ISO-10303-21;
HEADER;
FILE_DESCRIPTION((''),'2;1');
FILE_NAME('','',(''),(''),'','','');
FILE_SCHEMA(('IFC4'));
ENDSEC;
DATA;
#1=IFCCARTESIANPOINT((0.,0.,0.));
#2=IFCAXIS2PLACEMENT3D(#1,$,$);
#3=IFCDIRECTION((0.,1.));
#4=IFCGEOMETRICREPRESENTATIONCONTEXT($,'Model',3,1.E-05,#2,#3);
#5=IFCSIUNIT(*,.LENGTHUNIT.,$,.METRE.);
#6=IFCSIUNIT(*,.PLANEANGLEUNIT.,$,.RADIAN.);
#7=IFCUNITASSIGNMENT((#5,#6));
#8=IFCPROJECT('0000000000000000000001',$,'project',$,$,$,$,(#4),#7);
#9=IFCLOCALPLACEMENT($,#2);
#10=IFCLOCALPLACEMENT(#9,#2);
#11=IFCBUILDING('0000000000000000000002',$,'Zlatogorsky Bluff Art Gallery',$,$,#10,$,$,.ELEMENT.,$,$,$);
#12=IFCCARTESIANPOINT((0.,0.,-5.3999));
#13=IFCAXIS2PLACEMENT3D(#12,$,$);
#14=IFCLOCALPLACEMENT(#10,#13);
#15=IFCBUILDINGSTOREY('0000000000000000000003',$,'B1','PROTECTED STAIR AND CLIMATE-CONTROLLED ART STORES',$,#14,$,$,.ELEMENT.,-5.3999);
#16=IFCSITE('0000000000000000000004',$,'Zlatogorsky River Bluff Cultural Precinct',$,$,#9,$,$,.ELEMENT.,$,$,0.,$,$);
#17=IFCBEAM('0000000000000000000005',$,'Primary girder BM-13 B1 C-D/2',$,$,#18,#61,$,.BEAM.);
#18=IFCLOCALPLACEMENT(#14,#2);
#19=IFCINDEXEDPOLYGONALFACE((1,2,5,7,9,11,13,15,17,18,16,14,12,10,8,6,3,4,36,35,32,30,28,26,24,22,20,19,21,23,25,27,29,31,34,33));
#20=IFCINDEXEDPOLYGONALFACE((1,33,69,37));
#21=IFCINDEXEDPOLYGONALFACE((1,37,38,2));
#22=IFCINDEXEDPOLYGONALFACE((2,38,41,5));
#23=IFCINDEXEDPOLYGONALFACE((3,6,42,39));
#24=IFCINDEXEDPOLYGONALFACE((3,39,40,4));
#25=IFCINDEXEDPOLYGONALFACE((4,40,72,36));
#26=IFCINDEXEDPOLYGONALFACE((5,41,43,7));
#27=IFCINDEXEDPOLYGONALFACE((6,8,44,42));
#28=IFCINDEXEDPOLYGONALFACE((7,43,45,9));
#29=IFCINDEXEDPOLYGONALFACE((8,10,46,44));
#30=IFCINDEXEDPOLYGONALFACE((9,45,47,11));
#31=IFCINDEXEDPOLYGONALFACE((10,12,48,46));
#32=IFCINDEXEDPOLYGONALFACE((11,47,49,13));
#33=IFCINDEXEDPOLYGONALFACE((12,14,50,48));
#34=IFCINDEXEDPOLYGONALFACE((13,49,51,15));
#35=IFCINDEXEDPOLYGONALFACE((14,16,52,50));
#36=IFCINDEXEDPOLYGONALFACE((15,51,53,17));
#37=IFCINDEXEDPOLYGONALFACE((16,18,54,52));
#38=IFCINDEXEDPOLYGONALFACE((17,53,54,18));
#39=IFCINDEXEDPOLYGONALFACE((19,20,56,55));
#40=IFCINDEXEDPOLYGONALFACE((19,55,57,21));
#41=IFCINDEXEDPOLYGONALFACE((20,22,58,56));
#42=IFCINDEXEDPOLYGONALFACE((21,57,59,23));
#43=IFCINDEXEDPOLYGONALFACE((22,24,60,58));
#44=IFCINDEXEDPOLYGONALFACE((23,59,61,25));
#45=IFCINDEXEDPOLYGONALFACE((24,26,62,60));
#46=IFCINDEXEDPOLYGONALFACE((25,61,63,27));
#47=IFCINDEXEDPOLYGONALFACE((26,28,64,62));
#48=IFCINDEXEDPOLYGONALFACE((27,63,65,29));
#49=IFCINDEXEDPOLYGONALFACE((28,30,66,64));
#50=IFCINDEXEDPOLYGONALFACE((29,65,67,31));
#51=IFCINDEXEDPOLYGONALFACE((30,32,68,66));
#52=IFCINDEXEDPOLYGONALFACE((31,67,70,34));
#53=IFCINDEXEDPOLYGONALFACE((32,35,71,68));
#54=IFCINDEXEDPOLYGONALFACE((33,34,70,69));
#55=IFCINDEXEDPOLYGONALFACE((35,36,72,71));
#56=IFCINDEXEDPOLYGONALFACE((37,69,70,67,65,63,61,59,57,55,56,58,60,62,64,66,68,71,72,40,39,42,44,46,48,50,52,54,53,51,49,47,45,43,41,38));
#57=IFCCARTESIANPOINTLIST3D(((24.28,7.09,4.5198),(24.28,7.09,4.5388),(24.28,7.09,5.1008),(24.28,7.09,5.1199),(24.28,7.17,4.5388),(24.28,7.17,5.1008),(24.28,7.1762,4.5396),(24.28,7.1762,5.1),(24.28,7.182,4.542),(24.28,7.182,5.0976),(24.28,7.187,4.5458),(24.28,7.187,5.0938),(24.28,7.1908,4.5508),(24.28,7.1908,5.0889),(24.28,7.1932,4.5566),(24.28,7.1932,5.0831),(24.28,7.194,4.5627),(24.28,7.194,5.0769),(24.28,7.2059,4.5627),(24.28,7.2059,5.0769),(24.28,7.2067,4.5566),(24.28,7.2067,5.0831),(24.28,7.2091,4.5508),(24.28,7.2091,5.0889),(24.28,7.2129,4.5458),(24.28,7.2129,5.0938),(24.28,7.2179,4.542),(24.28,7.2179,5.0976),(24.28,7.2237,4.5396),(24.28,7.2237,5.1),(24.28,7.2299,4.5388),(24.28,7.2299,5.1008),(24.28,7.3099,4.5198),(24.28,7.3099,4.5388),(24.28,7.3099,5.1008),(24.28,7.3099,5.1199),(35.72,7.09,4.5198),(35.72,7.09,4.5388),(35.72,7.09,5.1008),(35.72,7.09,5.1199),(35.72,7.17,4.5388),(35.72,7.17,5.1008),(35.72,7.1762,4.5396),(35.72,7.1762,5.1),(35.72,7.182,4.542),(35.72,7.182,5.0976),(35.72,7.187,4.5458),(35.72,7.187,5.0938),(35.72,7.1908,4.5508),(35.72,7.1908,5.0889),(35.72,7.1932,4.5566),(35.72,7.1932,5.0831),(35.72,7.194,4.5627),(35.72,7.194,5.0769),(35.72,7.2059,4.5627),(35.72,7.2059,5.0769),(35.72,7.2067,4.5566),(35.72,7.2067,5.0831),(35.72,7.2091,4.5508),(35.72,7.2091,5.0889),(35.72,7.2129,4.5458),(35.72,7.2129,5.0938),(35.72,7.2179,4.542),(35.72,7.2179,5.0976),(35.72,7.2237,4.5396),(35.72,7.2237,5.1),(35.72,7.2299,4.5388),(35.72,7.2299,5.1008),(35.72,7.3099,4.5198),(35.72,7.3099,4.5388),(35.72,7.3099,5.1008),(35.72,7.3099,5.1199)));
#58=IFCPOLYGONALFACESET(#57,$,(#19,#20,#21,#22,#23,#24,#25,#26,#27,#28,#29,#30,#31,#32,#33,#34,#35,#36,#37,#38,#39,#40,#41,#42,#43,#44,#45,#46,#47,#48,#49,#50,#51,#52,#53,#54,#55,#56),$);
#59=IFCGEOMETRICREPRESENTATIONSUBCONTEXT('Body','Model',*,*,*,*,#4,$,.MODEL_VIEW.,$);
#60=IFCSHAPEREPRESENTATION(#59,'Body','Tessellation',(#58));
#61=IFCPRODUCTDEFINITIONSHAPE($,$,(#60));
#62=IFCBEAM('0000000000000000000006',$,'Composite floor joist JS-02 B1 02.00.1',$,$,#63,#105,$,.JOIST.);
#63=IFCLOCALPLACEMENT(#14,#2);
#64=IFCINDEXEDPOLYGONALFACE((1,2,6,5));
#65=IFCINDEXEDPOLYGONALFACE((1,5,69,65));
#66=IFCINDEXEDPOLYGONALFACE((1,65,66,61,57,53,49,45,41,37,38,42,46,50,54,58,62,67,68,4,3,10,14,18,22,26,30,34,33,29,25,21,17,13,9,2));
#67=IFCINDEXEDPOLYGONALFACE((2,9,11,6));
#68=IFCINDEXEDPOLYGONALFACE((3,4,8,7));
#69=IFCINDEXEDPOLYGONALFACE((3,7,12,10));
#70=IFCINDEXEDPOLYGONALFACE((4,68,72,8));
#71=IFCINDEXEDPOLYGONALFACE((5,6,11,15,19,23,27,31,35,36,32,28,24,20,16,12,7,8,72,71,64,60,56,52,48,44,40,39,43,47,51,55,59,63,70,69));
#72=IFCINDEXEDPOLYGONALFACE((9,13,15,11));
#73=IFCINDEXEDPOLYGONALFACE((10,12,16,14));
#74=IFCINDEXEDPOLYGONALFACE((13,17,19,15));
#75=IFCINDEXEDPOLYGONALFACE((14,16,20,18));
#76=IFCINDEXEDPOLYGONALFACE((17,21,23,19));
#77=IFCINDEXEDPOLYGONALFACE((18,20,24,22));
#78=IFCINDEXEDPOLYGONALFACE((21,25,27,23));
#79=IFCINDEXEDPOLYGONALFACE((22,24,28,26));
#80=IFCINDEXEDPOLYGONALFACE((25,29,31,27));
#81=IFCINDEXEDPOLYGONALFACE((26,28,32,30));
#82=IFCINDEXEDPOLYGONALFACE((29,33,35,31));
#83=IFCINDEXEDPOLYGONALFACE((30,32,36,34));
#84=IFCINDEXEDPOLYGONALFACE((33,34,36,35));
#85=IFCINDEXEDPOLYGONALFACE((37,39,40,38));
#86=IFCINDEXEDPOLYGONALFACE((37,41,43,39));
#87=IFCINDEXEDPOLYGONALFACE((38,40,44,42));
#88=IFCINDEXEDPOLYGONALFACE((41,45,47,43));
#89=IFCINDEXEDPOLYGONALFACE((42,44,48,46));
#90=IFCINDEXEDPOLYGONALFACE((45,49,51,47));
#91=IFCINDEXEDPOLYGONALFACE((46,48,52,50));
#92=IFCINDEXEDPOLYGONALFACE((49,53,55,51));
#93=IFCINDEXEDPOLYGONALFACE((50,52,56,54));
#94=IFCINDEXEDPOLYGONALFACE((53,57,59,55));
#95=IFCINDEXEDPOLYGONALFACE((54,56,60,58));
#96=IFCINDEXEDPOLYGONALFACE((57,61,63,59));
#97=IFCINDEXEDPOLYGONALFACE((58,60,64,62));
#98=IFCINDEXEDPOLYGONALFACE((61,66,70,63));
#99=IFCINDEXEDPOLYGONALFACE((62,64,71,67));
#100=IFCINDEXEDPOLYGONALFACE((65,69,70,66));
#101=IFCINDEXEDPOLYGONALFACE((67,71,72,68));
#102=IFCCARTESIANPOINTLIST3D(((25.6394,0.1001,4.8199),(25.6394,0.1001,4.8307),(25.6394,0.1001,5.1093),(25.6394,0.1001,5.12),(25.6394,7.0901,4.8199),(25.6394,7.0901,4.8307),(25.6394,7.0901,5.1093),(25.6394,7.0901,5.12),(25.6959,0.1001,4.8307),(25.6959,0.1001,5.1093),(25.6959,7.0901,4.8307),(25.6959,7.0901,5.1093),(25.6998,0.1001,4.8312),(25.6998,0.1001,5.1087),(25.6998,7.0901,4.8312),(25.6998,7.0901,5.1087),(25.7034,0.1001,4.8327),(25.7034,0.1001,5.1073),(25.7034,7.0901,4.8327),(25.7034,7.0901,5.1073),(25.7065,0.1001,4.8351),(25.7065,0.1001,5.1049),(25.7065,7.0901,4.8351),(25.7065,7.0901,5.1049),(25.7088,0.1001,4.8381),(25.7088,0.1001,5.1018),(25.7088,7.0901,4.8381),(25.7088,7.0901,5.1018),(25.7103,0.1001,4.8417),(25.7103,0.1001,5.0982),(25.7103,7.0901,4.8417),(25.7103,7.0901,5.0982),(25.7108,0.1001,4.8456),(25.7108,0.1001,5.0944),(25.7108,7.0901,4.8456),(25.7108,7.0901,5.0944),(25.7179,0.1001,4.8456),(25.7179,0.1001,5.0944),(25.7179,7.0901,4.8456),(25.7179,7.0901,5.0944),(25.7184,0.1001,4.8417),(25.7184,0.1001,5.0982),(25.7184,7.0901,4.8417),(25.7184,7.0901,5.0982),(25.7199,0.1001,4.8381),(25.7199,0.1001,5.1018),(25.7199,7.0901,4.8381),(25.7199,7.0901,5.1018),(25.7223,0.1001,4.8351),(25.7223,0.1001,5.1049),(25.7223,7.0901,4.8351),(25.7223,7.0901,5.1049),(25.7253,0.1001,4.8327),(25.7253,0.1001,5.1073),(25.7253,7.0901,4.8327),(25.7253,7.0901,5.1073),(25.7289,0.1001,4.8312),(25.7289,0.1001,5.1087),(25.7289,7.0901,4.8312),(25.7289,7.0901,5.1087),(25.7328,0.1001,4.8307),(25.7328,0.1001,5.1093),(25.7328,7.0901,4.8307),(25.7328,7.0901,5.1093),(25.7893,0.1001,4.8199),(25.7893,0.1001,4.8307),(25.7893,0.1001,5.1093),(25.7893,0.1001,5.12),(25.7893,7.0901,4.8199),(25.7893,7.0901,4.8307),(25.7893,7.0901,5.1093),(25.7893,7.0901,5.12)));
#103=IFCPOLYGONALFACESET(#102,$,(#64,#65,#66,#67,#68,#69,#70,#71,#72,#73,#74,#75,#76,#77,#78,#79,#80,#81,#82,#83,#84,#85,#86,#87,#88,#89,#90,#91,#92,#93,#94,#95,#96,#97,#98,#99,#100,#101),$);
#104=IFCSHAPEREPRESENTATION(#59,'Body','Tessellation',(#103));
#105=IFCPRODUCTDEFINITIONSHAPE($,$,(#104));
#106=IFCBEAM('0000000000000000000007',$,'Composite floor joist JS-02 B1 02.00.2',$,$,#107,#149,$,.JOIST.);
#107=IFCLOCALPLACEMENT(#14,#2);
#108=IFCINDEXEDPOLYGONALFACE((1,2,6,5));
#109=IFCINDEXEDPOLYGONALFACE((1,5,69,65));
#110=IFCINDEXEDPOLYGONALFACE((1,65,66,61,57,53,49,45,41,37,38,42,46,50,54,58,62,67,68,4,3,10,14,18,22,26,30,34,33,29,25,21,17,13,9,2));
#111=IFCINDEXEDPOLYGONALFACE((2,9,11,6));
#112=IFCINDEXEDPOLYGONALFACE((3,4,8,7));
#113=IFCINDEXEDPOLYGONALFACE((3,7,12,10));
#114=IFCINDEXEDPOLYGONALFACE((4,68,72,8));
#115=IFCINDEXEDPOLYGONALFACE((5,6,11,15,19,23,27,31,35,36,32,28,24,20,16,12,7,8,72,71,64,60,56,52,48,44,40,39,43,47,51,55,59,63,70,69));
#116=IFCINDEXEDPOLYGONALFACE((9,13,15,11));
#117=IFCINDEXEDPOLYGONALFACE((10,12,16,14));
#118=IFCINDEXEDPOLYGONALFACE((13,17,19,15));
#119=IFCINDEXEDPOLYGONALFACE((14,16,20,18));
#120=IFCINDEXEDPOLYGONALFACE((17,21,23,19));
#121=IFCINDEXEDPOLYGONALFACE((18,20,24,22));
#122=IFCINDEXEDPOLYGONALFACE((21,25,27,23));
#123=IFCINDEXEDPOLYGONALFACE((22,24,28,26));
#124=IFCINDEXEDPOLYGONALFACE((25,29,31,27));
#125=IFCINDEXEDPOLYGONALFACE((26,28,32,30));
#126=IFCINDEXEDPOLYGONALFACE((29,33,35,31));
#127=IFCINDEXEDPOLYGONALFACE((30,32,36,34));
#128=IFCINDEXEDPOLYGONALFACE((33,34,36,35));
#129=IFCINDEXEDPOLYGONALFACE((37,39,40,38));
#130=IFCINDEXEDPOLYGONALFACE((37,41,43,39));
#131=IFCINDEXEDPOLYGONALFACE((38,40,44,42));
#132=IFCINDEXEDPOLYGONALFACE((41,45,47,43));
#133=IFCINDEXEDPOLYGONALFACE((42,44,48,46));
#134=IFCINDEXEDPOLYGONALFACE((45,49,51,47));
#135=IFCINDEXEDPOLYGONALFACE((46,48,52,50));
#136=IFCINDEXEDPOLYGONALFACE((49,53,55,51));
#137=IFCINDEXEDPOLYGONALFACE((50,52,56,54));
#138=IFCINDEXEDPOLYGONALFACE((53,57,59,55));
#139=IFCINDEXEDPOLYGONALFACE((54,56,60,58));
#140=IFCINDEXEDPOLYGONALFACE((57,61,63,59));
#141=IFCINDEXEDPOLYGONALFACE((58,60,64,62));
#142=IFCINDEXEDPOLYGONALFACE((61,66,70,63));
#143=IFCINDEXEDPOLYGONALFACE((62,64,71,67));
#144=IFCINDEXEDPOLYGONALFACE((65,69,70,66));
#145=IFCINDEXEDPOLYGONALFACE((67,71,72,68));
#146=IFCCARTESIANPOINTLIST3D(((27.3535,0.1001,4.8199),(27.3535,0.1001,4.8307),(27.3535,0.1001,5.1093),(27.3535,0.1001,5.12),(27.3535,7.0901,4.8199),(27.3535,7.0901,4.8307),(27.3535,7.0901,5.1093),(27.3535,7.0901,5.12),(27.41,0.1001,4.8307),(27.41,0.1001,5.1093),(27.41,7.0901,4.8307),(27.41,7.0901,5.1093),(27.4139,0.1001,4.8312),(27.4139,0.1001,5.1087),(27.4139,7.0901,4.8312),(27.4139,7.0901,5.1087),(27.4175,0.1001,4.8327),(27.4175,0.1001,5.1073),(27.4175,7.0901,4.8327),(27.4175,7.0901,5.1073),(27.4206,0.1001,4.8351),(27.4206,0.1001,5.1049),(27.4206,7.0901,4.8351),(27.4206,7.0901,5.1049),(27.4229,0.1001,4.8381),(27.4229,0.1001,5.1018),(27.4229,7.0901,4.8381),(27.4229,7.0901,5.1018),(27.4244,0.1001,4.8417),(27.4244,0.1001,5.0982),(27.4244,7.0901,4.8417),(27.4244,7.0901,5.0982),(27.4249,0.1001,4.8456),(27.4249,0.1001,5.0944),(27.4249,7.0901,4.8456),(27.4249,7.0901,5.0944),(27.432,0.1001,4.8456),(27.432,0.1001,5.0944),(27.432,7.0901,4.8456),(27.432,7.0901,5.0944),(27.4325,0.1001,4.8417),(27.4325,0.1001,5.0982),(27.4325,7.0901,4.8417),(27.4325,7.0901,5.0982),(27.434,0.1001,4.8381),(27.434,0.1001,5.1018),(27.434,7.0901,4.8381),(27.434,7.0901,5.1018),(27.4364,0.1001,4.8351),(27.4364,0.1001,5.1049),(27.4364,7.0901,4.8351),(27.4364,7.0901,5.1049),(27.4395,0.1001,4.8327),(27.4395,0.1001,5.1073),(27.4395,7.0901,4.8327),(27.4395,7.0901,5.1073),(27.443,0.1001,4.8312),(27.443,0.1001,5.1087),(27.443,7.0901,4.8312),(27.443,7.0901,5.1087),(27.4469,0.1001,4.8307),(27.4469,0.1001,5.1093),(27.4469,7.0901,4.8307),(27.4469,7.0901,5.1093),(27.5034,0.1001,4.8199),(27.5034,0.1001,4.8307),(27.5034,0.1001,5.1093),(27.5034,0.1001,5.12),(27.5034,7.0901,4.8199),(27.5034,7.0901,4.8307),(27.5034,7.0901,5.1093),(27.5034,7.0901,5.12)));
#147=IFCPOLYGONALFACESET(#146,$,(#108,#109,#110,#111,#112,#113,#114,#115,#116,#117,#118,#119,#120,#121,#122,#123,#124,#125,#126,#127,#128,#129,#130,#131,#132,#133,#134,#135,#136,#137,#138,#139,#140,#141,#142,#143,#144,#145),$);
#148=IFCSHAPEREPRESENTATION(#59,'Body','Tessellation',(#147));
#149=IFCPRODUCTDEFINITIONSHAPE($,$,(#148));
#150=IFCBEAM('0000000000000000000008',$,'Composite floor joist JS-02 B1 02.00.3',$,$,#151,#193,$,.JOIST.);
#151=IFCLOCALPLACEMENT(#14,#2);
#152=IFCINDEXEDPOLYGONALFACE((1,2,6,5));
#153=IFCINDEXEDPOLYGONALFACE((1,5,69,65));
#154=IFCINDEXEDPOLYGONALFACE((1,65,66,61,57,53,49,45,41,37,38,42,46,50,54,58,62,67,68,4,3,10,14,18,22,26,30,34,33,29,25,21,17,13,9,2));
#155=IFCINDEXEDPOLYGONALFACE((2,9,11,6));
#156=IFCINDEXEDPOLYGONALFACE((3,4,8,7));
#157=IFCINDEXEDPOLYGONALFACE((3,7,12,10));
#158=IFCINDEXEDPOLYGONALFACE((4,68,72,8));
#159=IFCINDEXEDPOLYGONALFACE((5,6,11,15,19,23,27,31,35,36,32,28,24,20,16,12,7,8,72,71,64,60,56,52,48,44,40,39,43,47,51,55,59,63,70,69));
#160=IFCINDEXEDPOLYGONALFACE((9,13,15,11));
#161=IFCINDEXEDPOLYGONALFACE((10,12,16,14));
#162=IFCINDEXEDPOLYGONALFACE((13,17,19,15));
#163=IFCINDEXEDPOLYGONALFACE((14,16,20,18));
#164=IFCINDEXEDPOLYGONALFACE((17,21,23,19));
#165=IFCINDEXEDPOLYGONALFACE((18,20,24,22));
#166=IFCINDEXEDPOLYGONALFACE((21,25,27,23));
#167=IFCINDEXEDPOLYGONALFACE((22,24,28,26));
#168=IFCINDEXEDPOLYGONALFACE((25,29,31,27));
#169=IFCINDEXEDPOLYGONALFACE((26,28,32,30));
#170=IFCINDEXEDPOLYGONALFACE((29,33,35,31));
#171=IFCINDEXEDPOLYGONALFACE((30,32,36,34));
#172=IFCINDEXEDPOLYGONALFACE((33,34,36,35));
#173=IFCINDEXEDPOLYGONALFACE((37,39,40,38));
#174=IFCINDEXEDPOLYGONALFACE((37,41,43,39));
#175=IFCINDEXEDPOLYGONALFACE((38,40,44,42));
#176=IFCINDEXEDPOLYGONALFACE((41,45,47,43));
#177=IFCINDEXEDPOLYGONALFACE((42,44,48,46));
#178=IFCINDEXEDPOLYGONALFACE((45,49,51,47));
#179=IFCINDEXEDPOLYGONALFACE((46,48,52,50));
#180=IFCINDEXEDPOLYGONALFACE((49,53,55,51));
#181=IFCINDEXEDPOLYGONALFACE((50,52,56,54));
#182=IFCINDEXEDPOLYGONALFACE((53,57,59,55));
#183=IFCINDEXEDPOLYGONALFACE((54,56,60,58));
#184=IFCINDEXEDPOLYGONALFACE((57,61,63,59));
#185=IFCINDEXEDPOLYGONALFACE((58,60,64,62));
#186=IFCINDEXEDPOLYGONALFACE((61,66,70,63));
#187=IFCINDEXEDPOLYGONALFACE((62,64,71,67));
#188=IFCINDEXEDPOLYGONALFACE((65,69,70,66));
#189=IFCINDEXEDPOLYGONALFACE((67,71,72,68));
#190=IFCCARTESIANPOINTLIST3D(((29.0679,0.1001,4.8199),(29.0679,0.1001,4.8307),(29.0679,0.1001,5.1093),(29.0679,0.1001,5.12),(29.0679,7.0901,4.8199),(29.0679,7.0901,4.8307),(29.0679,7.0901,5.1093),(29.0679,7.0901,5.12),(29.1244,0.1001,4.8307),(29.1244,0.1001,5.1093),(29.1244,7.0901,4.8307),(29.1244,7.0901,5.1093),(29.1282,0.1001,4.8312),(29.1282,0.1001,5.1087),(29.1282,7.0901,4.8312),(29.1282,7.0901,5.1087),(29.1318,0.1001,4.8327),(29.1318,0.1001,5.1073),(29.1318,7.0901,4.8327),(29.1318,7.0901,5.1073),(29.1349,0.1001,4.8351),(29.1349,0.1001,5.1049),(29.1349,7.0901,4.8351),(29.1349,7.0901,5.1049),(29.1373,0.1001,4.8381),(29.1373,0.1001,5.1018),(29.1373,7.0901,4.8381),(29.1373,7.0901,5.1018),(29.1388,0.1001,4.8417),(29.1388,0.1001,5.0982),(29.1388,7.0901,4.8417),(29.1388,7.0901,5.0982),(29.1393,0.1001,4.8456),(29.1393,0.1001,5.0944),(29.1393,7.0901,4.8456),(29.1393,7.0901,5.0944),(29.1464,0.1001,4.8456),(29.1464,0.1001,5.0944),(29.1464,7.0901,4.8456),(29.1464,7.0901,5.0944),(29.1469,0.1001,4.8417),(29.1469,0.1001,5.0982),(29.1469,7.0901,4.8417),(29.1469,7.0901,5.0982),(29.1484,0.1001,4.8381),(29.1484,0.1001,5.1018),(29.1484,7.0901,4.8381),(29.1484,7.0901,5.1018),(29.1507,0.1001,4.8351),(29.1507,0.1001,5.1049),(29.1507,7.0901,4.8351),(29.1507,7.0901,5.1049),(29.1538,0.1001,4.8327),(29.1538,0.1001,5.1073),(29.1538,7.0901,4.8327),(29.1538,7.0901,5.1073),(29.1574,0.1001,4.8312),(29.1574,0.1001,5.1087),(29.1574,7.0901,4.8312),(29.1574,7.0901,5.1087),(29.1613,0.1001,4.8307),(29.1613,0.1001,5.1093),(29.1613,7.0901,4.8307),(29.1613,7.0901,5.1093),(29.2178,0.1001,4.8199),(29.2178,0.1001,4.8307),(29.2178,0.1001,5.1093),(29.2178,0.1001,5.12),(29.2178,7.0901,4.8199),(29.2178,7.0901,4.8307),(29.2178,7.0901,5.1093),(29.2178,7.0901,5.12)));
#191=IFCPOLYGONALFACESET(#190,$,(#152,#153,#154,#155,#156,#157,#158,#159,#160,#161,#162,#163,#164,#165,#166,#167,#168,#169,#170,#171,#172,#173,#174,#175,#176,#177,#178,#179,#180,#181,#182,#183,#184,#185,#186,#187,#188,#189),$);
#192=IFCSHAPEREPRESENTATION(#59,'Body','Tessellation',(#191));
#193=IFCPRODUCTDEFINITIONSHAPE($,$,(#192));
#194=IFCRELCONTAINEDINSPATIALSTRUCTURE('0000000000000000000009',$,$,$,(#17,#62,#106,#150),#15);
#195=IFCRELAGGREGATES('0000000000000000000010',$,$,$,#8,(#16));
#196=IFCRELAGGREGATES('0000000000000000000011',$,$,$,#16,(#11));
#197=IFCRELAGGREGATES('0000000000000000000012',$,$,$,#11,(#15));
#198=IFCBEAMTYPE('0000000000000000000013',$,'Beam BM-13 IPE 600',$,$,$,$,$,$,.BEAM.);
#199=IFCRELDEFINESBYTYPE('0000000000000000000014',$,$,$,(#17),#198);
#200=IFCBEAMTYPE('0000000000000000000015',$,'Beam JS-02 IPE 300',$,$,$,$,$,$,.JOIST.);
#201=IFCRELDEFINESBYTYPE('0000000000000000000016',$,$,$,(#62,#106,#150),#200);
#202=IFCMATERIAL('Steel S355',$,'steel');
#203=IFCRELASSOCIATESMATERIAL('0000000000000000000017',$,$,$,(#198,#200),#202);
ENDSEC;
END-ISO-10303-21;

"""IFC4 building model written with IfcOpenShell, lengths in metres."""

from ifc_helpers import new_model, si_unit, direction, frame, origin, origin_2d, place, context, subcontext, project, spatial, i_section, extrude, material, material_profile, profile_set, type_object, element, save


model = new_model("IFC4")

# Units and contexts
model_context = context("Model", 3, precision=1e-05, world=origin(), true_north=direction((0.0, 1.0)))
body_context = subcontext(model_context, "Body", "Model", "MODEL_VIEW")
ifc_project = project(units=[si_unit("LENGTHUNIT", "METRE"), si_unit("PLANEANGLEUNIT", "RADIAN")], contexts=[model_context])

# Site, building, storey
site_placement = place(None, origin())
site = spatial("IfcSite", under=ifc_project, at=site_placement, Name="Zlatogorsky River Bluff Cultural Precinct", CompositionType="ELEMENT", RefElevation=0.0)
building_placement = place(site_placement, origin())
building = spatial("IfcBuilding", under=site, at=building_placement, Name="Zlatogorsky Bluff Art Gallery", CompositionType="ELEMENT")
storey_placement = place(building_placement, frame((0.0, 0.0, -5.3999)))
storey = spatial("IfcBuildingStorey", under=building, at=storey_placement, Name="B1", Description="PROTECTED STAIR AND CLIMATE-CONTROLLED ART STORES", CompositionType="ELEMENT", Elevation=-5.3999)

# Beams
ifc_material_1 = material(Name="Steel S355", Category="steel")
ifc_material_profile_1 = material_profile(ifc_material_1, i_section(OverallWidth=0.22, OverallDepth=0.6001, WebThickness=0.012, FlangeThickness=0.019, FilletRadius=0.0239, at=origin_2d()), Name="IPE 600")
ifc_profile_set_1 = profile_set([ifc_material_profile_1], Name="Steel S355")
beam_type_1 = type_object("IfcBeamType", Name="Beam BM-13 IPE 600", PredefinedType="BEAM", material=ifc_profile_set_1)
beam_1_placement = place(storey_placement, frame((24.28, 7.2, 4.8198), z_axis=(1.0, 0.0, 0.0), x_axis=(0.0, 1.0, 0.0)))
element("IfcBeam", 1, at=beam_1_placement, inside=storey, type_object=beam_type_1, Name="Primary girder BM-13 B1 C-D/2", PredefinedType="BEAM", context=body_context, shape_type="SweptSolid", body=[
    extrude(i_section(OverallWidth=0.22, OverallDepth=0.6001, WebThickness=0.012, FlangeThickness=0.019, FilletRadius=0.0239, at=origin_2d()), origin(), (0.0, 0.0, 1.0), 11.4399),
])
ifc_material_profile_2 = material_profile(ifc_material_1, i_section(OverallWidth=0.1499, OverallDepth=0.3, WebThickness=0.0071, FlangeThickness=0.0107, FilletRadius=0.0149, at=origin_2d()), Name="IPE 300")
ifc_profile_set_2 = profile_set([ifc_material_profile_2], Name="Steel S355")
beam_type_2 = type_object("IfcBeamType", Name="Beam JS-02 IPE 300", PredefinedType="JOIST", material=ifc_profile_set_2)
for number, where, z_axis, x_axis, name in (
    (2, (25.7144, 0.1001, 4.97), (0.0, 1.0, 0.0), (-1.0, 0.0, 0.0), "Composite floor joist JS-02 B1 02.00.1"),
    (3, (27.4285, 0.1001, 4.97), (0.0, 1.0, 0.0), (-1.0, 0.0, 0.0), "Composite floor joist JS-02 B1 02.00.2"),
    (4, (29.1428, 0.1001, 4.97), (0.0, 1.0, 0.0), (-1.0, 0.0, 0.0), "Composite floor joist JS-02 B1 02.00.3"),
):
    element("IfcBeam", number, at=place(storey_placement, frame(where, z_axis=z_axis, x_axis=x_axis)), inside=storey, type_object=beam_type_2, Name=name, PredefinedType="JOIST", context=body_context, shape_type="SweptSolid", body=[
        extrude(i_section(OverallWidth=0.1499, OverallDepth=0.3, WebThickness=0.0071, FlangeThickness=0.0107, FilletRadius=0.0149, at=origin_2d()), origin(), (0.0, 0.0, 1.0), 6.99),
    ])

save(model, "model.ifc")
